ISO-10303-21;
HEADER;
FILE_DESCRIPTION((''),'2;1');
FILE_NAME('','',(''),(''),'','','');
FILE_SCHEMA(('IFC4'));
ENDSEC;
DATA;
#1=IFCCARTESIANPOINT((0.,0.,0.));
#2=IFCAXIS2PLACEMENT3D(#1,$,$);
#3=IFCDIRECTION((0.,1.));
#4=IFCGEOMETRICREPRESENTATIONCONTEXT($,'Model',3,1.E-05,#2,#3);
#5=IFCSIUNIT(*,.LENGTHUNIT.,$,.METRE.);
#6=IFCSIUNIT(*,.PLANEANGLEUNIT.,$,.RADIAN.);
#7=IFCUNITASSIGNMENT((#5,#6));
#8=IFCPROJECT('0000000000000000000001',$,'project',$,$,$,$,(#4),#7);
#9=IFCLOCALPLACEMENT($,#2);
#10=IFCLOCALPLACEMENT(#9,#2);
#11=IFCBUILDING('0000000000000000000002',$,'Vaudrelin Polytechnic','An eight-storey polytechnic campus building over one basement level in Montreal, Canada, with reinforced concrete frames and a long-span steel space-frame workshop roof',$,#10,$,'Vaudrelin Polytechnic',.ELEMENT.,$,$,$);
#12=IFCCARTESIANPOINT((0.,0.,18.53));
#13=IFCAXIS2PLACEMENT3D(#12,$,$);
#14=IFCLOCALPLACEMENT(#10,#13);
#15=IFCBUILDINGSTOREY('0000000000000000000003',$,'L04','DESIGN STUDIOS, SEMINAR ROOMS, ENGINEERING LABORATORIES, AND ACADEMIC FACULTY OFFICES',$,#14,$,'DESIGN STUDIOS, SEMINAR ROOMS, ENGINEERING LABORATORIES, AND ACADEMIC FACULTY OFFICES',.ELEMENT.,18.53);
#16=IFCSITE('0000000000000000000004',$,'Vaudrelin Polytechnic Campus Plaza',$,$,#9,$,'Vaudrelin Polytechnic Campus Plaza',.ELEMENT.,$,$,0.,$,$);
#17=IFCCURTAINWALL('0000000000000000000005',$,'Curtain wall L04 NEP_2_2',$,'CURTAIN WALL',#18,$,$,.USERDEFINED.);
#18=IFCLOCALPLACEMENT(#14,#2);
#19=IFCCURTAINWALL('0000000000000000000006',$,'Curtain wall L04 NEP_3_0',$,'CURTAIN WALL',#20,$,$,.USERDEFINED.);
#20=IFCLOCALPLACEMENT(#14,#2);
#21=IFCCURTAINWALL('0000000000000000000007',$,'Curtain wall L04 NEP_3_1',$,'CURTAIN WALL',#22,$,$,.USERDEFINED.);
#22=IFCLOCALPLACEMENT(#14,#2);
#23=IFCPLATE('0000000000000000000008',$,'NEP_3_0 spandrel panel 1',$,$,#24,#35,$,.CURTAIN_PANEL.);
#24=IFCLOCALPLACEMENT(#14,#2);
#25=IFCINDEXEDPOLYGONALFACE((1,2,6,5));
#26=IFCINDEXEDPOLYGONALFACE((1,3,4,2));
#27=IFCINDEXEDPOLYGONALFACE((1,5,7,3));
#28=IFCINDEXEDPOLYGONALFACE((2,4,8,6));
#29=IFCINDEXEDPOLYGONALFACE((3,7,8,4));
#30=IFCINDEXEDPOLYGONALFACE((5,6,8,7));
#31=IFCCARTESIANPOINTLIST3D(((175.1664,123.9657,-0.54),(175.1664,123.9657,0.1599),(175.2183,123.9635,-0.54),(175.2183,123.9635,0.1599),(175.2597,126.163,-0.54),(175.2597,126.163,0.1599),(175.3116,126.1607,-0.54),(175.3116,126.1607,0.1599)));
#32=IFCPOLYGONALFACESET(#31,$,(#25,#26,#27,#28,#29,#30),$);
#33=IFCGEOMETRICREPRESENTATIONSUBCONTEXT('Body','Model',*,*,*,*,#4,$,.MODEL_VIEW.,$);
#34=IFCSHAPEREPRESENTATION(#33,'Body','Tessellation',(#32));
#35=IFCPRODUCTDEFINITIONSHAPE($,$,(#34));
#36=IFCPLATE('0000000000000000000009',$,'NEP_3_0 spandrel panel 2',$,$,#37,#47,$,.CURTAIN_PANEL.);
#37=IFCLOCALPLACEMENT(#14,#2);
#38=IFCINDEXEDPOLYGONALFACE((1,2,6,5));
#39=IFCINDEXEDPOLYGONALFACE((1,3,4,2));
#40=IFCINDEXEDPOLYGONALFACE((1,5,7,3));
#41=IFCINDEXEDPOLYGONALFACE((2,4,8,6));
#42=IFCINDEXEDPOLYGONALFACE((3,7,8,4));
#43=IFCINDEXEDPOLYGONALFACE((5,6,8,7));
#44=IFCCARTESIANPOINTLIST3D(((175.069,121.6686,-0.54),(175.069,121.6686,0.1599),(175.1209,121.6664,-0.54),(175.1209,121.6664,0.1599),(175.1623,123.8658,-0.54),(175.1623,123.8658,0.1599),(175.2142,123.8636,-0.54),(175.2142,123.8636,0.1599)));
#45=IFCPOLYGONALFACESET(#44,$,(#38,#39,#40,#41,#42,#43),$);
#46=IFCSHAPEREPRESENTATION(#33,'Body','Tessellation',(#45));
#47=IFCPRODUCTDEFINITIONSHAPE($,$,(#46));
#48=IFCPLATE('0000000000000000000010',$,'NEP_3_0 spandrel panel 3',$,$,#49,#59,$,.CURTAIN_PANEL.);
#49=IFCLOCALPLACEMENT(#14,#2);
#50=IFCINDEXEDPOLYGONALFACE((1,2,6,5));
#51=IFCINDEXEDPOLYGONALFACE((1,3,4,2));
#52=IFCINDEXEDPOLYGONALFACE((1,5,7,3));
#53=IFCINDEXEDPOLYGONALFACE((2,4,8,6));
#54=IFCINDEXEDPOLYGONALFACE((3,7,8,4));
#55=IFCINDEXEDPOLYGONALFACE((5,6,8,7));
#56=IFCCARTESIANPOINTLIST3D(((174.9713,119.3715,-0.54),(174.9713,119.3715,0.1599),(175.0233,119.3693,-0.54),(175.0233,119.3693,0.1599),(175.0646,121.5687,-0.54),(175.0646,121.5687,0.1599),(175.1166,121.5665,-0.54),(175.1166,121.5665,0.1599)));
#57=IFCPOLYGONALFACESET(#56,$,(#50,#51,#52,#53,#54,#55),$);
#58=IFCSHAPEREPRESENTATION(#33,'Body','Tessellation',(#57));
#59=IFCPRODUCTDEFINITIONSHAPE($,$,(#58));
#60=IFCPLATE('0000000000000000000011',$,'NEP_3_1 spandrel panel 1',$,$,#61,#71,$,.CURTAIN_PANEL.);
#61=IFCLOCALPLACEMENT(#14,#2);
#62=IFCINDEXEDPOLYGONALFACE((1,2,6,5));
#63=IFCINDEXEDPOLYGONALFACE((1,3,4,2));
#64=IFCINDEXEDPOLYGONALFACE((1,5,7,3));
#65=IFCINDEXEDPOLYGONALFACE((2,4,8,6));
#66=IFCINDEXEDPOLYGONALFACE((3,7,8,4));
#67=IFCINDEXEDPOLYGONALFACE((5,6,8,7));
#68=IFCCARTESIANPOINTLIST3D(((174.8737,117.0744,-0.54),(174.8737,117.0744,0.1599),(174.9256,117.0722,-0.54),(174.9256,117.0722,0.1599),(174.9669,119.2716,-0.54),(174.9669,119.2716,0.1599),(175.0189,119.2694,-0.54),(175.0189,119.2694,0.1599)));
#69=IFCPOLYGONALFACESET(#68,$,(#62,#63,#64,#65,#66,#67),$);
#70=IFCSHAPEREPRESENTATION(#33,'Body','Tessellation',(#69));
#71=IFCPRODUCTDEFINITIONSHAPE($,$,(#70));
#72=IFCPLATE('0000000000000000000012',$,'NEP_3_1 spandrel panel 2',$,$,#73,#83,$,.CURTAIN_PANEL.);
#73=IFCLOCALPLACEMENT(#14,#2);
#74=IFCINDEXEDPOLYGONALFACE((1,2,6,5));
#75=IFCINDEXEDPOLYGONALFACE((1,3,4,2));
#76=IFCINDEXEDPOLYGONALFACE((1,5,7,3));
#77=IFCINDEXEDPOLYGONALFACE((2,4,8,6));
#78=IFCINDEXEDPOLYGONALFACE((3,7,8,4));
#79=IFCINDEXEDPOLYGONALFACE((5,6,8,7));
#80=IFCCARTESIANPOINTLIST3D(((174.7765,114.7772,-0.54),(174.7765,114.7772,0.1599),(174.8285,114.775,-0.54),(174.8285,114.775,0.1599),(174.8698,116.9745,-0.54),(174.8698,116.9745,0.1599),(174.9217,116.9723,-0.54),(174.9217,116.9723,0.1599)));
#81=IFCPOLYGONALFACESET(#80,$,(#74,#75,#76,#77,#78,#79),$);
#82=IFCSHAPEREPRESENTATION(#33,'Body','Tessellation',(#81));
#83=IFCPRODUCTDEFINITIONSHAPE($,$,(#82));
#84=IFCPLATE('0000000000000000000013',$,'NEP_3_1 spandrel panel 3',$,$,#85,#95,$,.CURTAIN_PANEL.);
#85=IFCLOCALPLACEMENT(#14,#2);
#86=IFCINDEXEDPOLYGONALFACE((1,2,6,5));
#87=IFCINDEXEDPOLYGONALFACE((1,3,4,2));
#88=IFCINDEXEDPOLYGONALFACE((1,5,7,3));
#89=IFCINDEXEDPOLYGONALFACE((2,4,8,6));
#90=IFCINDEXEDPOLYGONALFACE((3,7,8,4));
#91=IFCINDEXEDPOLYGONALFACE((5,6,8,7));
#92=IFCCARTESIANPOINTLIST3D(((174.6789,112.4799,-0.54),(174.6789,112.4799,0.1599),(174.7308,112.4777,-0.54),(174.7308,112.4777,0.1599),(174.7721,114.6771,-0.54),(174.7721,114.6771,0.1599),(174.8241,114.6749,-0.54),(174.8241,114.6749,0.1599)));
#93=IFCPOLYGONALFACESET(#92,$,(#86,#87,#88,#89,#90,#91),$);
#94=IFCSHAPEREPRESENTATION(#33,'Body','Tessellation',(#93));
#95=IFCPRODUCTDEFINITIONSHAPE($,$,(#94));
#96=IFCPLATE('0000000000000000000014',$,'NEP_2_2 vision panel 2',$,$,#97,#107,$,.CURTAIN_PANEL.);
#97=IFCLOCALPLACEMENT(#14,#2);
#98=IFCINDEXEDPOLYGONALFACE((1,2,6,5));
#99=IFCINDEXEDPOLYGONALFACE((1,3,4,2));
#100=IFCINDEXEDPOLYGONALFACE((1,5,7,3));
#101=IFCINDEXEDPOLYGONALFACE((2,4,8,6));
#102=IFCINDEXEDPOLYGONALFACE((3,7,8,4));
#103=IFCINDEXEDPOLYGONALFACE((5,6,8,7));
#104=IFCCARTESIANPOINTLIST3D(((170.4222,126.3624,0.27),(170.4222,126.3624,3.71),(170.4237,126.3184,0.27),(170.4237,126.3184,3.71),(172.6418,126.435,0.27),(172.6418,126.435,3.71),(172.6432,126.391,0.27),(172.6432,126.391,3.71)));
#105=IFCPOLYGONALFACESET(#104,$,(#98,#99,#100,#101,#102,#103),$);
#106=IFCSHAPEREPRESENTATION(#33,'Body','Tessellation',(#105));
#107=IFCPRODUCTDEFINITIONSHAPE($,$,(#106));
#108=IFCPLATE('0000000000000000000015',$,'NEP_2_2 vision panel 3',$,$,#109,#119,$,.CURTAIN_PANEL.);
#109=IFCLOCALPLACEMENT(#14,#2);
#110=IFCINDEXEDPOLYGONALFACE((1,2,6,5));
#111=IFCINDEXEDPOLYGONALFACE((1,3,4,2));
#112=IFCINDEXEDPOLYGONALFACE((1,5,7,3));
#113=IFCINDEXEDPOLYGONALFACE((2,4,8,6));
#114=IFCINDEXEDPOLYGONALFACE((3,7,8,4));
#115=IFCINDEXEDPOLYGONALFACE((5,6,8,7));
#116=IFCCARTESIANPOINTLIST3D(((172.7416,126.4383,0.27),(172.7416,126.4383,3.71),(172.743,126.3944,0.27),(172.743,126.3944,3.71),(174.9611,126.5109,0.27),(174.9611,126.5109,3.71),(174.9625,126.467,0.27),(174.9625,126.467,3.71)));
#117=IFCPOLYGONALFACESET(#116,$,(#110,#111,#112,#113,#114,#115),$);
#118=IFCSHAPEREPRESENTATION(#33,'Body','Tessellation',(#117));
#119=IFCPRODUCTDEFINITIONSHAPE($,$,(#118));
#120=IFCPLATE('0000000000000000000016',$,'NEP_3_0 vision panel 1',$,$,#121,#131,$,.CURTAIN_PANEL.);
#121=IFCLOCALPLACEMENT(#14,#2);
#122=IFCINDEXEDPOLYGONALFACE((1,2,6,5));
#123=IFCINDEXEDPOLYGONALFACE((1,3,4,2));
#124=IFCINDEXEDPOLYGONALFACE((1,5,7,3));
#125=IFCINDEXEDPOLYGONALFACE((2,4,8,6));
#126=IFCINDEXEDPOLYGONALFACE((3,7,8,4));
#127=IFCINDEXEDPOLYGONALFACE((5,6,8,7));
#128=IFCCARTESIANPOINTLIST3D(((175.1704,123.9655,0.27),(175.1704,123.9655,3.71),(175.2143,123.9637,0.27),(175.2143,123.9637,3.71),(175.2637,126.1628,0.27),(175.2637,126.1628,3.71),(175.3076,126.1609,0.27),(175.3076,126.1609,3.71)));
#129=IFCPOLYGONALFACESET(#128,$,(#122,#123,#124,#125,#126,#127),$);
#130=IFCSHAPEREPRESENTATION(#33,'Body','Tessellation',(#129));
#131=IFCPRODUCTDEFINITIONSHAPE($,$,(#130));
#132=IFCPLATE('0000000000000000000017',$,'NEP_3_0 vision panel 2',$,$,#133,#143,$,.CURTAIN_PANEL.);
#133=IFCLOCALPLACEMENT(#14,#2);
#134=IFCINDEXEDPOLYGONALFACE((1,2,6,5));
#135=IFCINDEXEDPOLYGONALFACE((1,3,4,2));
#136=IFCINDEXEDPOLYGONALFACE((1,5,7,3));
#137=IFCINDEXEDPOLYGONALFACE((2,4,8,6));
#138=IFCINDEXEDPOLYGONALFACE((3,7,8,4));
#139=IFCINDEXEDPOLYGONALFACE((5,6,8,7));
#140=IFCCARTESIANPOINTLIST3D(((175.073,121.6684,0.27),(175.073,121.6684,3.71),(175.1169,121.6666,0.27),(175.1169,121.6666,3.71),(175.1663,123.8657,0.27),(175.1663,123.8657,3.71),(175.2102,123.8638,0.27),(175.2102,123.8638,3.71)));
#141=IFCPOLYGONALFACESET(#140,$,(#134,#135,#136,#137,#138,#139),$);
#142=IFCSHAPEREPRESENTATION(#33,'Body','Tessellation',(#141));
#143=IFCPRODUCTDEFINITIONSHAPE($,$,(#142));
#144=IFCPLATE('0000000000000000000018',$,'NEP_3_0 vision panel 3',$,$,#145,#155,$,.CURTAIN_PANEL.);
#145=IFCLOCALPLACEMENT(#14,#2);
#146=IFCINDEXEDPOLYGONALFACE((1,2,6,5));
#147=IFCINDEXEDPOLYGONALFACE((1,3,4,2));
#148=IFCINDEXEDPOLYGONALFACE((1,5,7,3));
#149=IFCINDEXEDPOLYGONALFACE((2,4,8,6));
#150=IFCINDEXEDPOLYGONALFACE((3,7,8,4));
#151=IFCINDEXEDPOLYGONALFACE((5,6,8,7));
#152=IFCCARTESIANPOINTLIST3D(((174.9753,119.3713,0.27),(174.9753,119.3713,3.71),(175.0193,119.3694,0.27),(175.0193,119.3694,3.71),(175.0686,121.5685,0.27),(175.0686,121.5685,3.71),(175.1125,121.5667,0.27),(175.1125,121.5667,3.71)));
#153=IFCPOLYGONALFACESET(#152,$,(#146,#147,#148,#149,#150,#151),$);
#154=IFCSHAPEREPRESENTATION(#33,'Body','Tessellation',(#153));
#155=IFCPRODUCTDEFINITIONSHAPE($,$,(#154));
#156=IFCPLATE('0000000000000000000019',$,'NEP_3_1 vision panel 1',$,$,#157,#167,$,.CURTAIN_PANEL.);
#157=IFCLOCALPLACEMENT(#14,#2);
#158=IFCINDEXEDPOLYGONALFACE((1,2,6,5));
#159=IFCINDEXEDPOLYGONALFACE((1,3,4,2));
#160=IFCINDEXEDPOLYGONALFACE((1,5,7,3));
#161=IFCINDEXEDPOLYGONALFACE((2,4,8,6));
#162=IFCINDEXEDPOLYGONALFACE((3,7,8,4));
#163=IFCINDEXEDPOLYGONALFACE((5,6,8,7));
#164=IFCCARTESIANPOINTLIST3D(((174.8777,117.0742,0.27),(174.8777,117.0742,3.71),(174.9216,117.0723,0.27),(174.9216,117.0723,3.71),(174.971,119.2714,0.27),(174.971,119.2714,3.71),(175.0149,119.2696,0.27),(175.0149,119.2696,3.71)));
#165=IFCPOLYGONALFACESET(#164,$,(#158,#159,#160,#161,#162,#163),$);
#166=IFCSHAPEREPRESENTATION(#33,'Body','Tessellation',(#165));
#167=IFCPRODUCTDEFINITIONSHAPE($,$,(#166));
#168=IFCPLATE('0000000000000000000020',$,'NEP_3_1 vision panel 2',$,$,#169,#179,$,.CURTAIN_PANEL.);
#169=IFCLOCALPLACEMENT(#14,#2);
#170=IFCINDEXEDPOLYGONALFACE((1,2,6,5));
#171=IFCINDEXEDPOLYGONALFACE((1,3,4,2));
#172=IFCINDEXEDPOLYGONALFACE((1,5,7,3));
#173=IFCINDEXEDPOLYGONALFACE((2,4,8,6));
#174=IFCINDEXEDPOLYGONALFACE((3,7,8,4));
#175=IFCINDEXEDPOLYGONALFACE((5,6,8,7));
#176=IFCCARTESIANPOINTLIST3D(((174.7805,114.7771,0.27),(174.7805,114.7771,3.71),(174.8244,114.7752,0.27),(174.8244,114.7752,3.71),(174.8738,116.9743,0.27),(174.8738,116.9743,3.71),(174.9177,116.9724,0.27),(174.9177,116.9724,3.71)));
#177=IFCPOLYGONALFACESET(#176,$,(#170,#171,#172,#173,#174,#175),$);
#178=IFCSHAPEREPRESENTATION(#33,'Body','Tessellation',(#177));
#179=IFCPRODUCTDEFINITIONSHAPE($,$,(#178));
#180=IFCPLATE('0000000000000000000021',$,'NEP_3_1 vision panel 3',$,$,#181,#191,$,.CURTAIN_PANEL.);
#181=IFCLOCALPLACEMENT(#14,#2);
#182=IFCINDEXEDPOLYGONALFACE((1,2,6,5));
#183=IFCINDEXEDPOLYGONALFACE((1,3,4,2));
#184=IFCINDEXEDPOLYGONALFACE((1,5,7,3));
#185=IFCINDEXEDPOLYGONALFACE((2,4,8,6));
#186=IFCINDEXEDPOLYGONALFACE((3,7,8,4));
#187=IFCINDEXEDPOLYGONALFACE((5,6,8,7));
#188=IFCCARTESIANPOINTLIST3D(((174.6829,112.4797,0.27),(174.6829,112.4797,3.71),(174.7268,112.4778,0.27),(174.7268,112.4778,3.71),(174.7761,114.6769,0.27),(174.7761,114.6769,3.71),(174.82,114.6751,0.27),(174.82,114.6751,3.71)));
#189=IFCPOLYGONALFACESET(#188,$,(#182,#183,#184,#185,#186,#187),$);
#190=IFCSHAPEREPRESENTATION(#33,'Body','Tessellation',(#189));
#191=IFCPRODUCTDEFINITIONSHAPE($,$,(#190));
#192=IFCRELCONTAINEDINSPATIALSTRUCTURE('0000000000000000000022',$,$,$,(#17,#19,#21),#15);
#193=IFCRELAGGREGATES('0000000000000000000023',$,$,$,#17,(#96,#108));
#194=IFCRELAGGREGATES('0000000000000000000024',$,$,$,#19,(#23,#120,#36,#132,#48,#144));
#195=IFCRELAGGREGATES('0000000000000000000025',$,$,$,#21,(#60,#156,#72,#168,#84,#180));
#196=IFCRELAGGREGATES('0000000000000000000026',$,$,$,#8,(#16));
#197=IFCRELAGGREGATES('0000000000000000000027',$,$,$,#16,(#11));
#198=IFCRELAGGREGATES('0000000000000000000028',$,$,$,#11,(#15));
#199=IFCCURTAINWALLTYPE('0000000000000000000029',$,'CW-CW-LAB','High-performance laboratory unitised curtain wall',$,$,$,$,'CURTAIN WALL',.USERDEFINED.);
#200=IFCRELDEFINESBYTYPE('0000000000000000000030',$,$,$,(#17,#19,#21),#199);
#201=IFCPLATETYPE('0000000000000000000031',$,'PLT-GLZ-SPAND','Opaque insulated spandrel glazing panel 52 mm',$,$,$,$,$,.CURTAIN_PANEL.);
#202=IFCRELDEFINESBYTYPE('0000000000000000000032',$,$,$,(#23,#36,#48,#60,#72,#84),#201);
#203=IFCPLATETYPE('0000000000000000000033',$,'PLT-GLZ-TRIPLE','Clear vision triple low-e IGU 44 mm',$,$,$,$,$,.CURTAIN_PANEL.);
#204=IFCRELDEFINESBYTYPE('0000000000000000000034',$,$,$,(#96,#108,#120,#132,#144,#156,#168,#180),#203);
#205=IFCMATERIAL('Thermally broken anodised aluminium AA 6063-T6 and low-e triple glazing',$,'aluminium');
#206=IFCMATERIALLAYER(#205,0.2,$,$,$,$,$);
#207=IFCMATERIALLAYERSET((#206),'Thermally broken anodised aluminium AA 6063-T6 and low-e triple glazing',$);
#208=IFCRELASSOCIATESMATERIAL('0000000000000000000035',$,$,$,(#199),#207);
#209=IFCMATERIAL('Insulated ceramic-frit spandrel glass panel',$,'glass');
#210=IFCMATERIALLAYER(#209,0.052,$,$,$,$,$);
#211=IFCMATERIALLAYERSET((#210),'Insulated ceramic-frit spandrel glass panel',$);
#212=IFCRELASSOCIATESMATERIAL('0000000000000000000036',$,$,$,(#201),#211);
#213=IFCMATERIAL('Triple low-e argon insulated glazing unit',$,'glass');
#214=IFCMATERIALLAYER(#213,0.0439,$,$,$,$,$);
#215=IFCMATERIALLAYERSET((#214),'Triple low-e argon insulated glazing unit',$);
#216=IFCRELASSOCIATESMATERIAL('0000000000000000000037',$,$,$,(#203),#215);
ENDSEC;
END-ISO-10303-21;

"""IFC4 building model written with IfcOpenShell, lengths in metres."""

from ifc_helpers import new_model, si_unit, direction, frame, origin, origin_2d, place, context, subcontext, project, spatial, rectangle, extrude, material, layer, layer_set, type_object, element, aggregate, save


model = new_model("IFC4")

# Units and contexts
model_context = context("Model", 3, precision=1e-05, world=origin(), true_north=direction((0.0, 1.0)))
body_context = subcontext(model_context, "Body", "Model", "MODEL_VIEW")
ifc_project = project(units=[si_unit("LENGTHUNIT", "METRE"), si_unit("PLANEANGLEUNIT", "RADIAN")], contexts=[model_context])

# Site, building, storey
site_placement = place(None, origin())
site = spatial("IfcSite", under=ifc_project, at=site_placement, Name="Vaudrelin Polytechnic Campus Plaza", LongName="Vaudrelin Polytechnic Campus Plaza", CompositionType="ELEMENT", RefElevation=0.0)
building_placement = place(site_placement, origin())
building = spatial("IfcBuilding", under=site, at=building_placement, Name="Vaudrelin Polytechnic", Description="An eight-storey polytechnic campus building over one basement level in Montreal, Canada, with reinforced concrete frames and a long-span steel space-frame workshop roof", LongName="Vaudrelin Polytechnic", CompositionType="ELEMENT")
storey_placement = place(building_placement, frame((0.0, 0.0, 18.53)))
storey = spatial("IfcBuildingStorey", under=building, at=storey_placement, Name="L04", Description="DESIGN STUDIOS, SEMINAR ROOMS, ENGINEERING LABORATORIES, AND ACADEMIC FACULTY OFFICES", LongName="DESIGN STUDIOS, SEMINAR ROOMS, ENGINEERING LABORATORIES, AND ACADEMIC FACULTY OFFICES", CompositionType="ELEMENT", Elevation=18.53)

# Curtain walls
ifc_material_1 = material(Name="Thermally broken anodised aluminium AA 6063-T6 and low-e triple glazing", Category="aluminium")
ifc_layer_1 = layer(ifc_material_1, 0.2)
ifc_layer_set_1 = layer_set([ifc_layer_1], Name="Thermally broken anodised aluminium AA 6063-T6 and low-e triple glazing")
curtain_wall_type = type_object("IfcCurtainWallType", Name="CW-CW-LAB", Description="High-performance laboratory unitised curtain wall", ElementType="CURTAIN WALL", PredefinedType="USERDEFINED", material=ifc_layer_set_1)
curtain_wall_1_placement = place(storey_placement, origin())
curtain_wall_1 = element("IfcCurtainWall", 1, at=curtain_wall_1_placement, inside=storey, type_object=curtain_wall_type, Name="Curtain wall L04 NEP_2_2", ObjectType="CURTAIN WALL", PredefinedType="USERDEFINED")
curtain_wall_2_placement = place(storey_placement, origin())
curtain_wall_2 = element("IfcCurtainWall", 2, at=curtain_wall_2_placement, inside=storey, type_object=curtain_wall_type, Name="Curtain wall L04 NEP_3_0", ObjectType="CURTAIN WALL", PredefinedType="USERDEFINED")
curtain_wall_3_placement = place(storey_placement, origin())
curtain_wall_3 = element("IfcCurtainWall", 3, at=curtain_wall_3_placement, inside=storey, type_object=curtain_wall_type, Name="Curtain wall L04 NEP_3_1", ObjectType="CURTAIN WALL", PredefinedType="USERDEFINED")

# Plates
ifc_material_2 = material(Name="Insulated ceramic-frit spandrel glass panel", Category="glass")
ifc_layer_2 = layer(ifc_material_2, 0.052)
ifc_layer_set_2 = layer_set([ifc_layer_2], Name="Insulated ceramic-frit spandrel glass panel")
plate_type_1 = type_object("IfcPlateType", Name="PLT-GLZ-SPAND", Description="Opaque insulated spandrel glazing panel 52 mm", PredefinedType="CURTAIN_PANEL", material=ifc_layer_set_2)
plate_1_placement = place(storey_placement, frame((175.239, 125.0632, -0.54), z_axis=(0.0, 0.0, 1.0), x_axis=(-0.04242, -0.9991, 0.0)))
plate_1 = element("IfcPlate", 4, at=plate_1_placement, type_object=plate_type_1, Name="NEP_3_0 spandrel panel 1", PredefinedType="CURTAIN_PANEL", context=body_context, shape_type="SweptSolid", body=[
    extrude(rectangle(XDim=2.1992, YDim=0.052, at=origin_2d()), origin(), (0.0, 0.0, 1.0), 0.7),
])
plate_2_placement = place(storey_placement, frame((175.1416, 122.7661, -0.54), z_axis=(0.0, 0.0, 1.0), x_axis=(-0.04242, -0.9991, 0.0)))
plate_2 = element("IfcPlate", 5, at=plate_2_placement, type_object=plate_type_1, Name="NEP_3_0 spandrel panel 2", PredefinedType="CURTAIN_PANEL", context=body_context, shape_type="SweptSolid", body=[
    extrude(rectangle(XDim=2.1992, YDim=0.052, at=origin_2d()), origin(), (0.0, 0.0, 1.0), 0.7),
])
plate_3_placement = place(storey_placement, frame((175.0439, 120.469, -0.54), z_axis=(0.0, 0.0, 1.0), x_axis=(-0.04242, -0.9991, 0.0)))
plate_3 = element("IfcPlate", 6, at=plate_3_placement, type_object=plate_type_1, Name="NEP_3_0 spandrel panel 3", PredefinedType="CURTAIN_PANEL", context=body_context, shape_type="SweptSolid", body=[
    extrude(rectangle(XDim=2.1992, YDim=0.052, at=origin_2d()), origin(), (0.0, 0.0, 1.0), 0.7),
])
plate_4_placement = place(storey_placement, frame((174.9463, 118.1719, -0.54), z_axis=(0.0, 0.0, 1.0), x_axis=(-0.042405, -0.9991, 0.0)))
plate_4 = element("IfcPlate", 7, at=plate_4_placement, type_object=plate_type_1, Name="NEP_3_1 spandrel panel 1", PredefinedType="CURTAIN_PANEL", context=body_context, shape_type="SweptSolid", body=[
    extrude(rectangle(XDim=2.1992, YDim=0.052, at=origin_2d()), origin(), (0.0, 0.0, 1.0), 0.7),
])
plate_5_placement = place(storey_placement, frame((174.8491, 115.8748, -0.54), z_axis=(0.0, 0.0, 1.0), x_axis=(-0.042405, -0.9991, 0.0)))
plate_5 = element("IfcPlate", 8, at=plate_5_placement, type_object=plate_type_1, Name="NEP_3_1 spandrel panel 2", PredefinedType="CURTAIN_PANEL", context=body_context, shape_type="SweptSolid", body=[
    extrude(rectangle(XDim=2.1992, YDim=0.052, at=origin_2d()), origin(), (0.0, 0.0, 1.0), 0.7),
])
plate_6_placement = place(storey_placement, frame((174.7515, 113.5774, -0.54), z_axis=(0.0, 0.0, 1.0), x_axis=(-0.042405, -0.9991, 0.0)))
plate_6 = element("IfcPlate", 9, at=plate_6_placement, type_object=plate_type_1, Name="NEP_3_1 spandrel panel 3", PredefinedType="CURTAIN_PANEL", context=body_context, shape_type="SweptSolid", body=[
    extrude(rectangle(XDim=2.1992, YDim=0.052, at=origin_2d()), origin(), (0.0, 0.0, 1.0), 0.7),
])
ifc_material_3 = material(Name="Triple low-e argon insulated glazing unit", Category="glass")
ifc_layer_3 = layer(ifc_material_3, 0.0439)
ifc_layer_set_3 = layer_set([ifc_layer_3], Name="Triple low-e argon insulated glazing unit")
plate_type_2 = type_object("IfcPlateType", Name="PLT-GLZ-TRIPLE", Description="Clear vision triple low-e IGU 44 mm", PredefinedType="CURTAIN_PANEL", material=ifc_layer_set_3)
plate_7_placement = place(storey_placement, frame((171.5327, 126.3767, 0.27), z_axis=(0.0, 0.0, 1.0), x_axis=(0.999465, 0.032693, 0.0)))
plate_7 = element("IfcPlate", 10, at=plate_7_placement, type_object=plate_type_2, Name="NEP_2_2 vision panel 2", PredefinedType="CURTAIN_PANEL", context=body_context, shape_type="SweptSolid", body=[
    extrude(rectangle(XDim=2.2207, YDim=0.0439, at=origin_2d()), origin(), (0.0, 0.0, 1.0), 3.4399),
])
plate_8_placement = place(storey_placement, frame((173.8521, 126.4526, 0.27), z_axis=(0.0, 0.0, 1.0), x_axis=(0.999465, 0.032693, 0.0)))
plate_8 = element("IfcPlate", 11, at=plate_8_placement, type_object=plate_type_2, Name="NEP_2_2 vision panel 3", PredefinedType="CURTAIN_PANEL", context=body_context, shape_type="SweptSolid", body=[
    extrude(rectangle(XDim=2.2207, YDim=0.0439, at=origin_2d()), origin(), (0.0, 0.0, 1.0), 3.4399),
])
aggregate(curtain_wall_1, [plate_7, plate_8])
plate_9_placement = place(storey_placement, frame((175.239, 125.0632, 0.27), z_axis=(0.0, 0.0, 1.0), x_axis=(-0.04242, -0.9991, 0.0)))
plate_9 = element("IfcPlate", 12, at=plate_9_placement, type_object=plate_type_2, Name="NEP_3_0 vision panel 1", PredefinedType="CURTAIN_PANEL", context=body_context, shape_type="SweptSolid", body=[
    extrude(rectangle(XDim=2.1992, YDim=0.0439, at=origin_2d()), origin(), (0.0, 0.0, 1.0), 3.4399),
])
plate_10_placement = place(storey_placement, frame((175.1416, 122.7661, 0.27), z_axis=(0.0, 0.0, 1.0), x_axis=(-0.04242, -0.9991, 0.0)))
plate_10 = element("IfcPlate", 13, at=plate_10_placement, type_object=plate_type_2, Name="NEP_3_0 vision panel 2", PredefinedType="CURTAIN_PANEL", context=body_context, shape_type="SweptSolid", body=[
    extrude(rectangle(XDim=2.1992, YDim=0.0439, at=origin_2d()), origin(), (0.0, 0.0, 1.0), 3.4399),
])
plate_11_placement = place(storey_placement, frame((175.0439, 120.469, 0.27), z_axis=(0.0, 0.0, 1.0), x_axis=(-0.04242, -0.9991, 0.0)))
plate_11 = element("IfcPlate", 14, at=plate_11_placement, type_object=plate_type_2, Name="NEP_3_0 vision panel 3", PredefinedType="CURTAIN_PANEL", context=body_context, shape_type="SweptSolid", body=[
    extrude(rectangle(XDim=2.1992, YDim=0.0439, at=origin_2d()), origin(), (0.0, 0.0, 1.0), 3.4399),
])
aggregate(curtain_wall_2, [plate_1, plate_9, plate_2, plate_10, plate_3, plate_11])
plate_12_placement = place(storey_placement, frame((174.9463, 118.1719, 0.27), z_axis=(0.0, 0.0, 1.0), x_axis=(-0.042405, -0.9991, 0.0)))
plate_12 = element("IfcPlate", 15, at=plate_12_placement, type_object=plate_type_2, Name="NEP_3_1 vision panel 1", PredefinedType="CURTAIN_PANEL", context=body_context, shape_type="SweptSolid", body=[
    extrude(rectangle(XDim=2.1992, YDim=0.0439, at=origin_2d()), origin(), (0.0, 0.0, 1.0), 3.4399),
])
plate_13_placement = place(storey_placement, frame((174.8491, 115.8748, 0.27), z_axis=(0.0, 0.0, 1.0), x_axis=(-0.042405, -0.9991, 0.0)))
plate_13 = element("IfcPlate", 16, at=plate_13_placement, type_object=plate_type_2, Name="NEP_3_1 vision panel 2", PredefinedType="CURTAIN_PANEL", context=body_context, shape_type="SweptSolid", body=[
    extrude(rectangle(XDim=2.1992, YDim=0.0439, at=origin_2d()), origin(), (0.0, 0.0, 1.0), 3.4399),
])
plate_14_placement = place(storey_placement, frame((174.7515, 113.5774, 0.27), z_axis=(0.0, 0.0, 1.0), x_axis=(-0.042405, -0.9991, 0.0)))
plate_14 = element("IfcPlate", 17, at=plate_14_placement, type_object=plate_type_2, Name="NEP_3_1 vision panel 3", PredefinedType="CURTAIN_PANEL", context=body_context, shape_type="SweptSolid", body=[
    extrude(rectangle(XDim=2.1992, YDim=0.0439, at=origin_2d()), origin(), (0.0, 0.0, 1.0), 3.4399),
])
aggregate(curtain_wall_3, [plate_4, plate_12, plate_5, plate_13, plate_6, plate_14])

save(model, "model.ifc")
